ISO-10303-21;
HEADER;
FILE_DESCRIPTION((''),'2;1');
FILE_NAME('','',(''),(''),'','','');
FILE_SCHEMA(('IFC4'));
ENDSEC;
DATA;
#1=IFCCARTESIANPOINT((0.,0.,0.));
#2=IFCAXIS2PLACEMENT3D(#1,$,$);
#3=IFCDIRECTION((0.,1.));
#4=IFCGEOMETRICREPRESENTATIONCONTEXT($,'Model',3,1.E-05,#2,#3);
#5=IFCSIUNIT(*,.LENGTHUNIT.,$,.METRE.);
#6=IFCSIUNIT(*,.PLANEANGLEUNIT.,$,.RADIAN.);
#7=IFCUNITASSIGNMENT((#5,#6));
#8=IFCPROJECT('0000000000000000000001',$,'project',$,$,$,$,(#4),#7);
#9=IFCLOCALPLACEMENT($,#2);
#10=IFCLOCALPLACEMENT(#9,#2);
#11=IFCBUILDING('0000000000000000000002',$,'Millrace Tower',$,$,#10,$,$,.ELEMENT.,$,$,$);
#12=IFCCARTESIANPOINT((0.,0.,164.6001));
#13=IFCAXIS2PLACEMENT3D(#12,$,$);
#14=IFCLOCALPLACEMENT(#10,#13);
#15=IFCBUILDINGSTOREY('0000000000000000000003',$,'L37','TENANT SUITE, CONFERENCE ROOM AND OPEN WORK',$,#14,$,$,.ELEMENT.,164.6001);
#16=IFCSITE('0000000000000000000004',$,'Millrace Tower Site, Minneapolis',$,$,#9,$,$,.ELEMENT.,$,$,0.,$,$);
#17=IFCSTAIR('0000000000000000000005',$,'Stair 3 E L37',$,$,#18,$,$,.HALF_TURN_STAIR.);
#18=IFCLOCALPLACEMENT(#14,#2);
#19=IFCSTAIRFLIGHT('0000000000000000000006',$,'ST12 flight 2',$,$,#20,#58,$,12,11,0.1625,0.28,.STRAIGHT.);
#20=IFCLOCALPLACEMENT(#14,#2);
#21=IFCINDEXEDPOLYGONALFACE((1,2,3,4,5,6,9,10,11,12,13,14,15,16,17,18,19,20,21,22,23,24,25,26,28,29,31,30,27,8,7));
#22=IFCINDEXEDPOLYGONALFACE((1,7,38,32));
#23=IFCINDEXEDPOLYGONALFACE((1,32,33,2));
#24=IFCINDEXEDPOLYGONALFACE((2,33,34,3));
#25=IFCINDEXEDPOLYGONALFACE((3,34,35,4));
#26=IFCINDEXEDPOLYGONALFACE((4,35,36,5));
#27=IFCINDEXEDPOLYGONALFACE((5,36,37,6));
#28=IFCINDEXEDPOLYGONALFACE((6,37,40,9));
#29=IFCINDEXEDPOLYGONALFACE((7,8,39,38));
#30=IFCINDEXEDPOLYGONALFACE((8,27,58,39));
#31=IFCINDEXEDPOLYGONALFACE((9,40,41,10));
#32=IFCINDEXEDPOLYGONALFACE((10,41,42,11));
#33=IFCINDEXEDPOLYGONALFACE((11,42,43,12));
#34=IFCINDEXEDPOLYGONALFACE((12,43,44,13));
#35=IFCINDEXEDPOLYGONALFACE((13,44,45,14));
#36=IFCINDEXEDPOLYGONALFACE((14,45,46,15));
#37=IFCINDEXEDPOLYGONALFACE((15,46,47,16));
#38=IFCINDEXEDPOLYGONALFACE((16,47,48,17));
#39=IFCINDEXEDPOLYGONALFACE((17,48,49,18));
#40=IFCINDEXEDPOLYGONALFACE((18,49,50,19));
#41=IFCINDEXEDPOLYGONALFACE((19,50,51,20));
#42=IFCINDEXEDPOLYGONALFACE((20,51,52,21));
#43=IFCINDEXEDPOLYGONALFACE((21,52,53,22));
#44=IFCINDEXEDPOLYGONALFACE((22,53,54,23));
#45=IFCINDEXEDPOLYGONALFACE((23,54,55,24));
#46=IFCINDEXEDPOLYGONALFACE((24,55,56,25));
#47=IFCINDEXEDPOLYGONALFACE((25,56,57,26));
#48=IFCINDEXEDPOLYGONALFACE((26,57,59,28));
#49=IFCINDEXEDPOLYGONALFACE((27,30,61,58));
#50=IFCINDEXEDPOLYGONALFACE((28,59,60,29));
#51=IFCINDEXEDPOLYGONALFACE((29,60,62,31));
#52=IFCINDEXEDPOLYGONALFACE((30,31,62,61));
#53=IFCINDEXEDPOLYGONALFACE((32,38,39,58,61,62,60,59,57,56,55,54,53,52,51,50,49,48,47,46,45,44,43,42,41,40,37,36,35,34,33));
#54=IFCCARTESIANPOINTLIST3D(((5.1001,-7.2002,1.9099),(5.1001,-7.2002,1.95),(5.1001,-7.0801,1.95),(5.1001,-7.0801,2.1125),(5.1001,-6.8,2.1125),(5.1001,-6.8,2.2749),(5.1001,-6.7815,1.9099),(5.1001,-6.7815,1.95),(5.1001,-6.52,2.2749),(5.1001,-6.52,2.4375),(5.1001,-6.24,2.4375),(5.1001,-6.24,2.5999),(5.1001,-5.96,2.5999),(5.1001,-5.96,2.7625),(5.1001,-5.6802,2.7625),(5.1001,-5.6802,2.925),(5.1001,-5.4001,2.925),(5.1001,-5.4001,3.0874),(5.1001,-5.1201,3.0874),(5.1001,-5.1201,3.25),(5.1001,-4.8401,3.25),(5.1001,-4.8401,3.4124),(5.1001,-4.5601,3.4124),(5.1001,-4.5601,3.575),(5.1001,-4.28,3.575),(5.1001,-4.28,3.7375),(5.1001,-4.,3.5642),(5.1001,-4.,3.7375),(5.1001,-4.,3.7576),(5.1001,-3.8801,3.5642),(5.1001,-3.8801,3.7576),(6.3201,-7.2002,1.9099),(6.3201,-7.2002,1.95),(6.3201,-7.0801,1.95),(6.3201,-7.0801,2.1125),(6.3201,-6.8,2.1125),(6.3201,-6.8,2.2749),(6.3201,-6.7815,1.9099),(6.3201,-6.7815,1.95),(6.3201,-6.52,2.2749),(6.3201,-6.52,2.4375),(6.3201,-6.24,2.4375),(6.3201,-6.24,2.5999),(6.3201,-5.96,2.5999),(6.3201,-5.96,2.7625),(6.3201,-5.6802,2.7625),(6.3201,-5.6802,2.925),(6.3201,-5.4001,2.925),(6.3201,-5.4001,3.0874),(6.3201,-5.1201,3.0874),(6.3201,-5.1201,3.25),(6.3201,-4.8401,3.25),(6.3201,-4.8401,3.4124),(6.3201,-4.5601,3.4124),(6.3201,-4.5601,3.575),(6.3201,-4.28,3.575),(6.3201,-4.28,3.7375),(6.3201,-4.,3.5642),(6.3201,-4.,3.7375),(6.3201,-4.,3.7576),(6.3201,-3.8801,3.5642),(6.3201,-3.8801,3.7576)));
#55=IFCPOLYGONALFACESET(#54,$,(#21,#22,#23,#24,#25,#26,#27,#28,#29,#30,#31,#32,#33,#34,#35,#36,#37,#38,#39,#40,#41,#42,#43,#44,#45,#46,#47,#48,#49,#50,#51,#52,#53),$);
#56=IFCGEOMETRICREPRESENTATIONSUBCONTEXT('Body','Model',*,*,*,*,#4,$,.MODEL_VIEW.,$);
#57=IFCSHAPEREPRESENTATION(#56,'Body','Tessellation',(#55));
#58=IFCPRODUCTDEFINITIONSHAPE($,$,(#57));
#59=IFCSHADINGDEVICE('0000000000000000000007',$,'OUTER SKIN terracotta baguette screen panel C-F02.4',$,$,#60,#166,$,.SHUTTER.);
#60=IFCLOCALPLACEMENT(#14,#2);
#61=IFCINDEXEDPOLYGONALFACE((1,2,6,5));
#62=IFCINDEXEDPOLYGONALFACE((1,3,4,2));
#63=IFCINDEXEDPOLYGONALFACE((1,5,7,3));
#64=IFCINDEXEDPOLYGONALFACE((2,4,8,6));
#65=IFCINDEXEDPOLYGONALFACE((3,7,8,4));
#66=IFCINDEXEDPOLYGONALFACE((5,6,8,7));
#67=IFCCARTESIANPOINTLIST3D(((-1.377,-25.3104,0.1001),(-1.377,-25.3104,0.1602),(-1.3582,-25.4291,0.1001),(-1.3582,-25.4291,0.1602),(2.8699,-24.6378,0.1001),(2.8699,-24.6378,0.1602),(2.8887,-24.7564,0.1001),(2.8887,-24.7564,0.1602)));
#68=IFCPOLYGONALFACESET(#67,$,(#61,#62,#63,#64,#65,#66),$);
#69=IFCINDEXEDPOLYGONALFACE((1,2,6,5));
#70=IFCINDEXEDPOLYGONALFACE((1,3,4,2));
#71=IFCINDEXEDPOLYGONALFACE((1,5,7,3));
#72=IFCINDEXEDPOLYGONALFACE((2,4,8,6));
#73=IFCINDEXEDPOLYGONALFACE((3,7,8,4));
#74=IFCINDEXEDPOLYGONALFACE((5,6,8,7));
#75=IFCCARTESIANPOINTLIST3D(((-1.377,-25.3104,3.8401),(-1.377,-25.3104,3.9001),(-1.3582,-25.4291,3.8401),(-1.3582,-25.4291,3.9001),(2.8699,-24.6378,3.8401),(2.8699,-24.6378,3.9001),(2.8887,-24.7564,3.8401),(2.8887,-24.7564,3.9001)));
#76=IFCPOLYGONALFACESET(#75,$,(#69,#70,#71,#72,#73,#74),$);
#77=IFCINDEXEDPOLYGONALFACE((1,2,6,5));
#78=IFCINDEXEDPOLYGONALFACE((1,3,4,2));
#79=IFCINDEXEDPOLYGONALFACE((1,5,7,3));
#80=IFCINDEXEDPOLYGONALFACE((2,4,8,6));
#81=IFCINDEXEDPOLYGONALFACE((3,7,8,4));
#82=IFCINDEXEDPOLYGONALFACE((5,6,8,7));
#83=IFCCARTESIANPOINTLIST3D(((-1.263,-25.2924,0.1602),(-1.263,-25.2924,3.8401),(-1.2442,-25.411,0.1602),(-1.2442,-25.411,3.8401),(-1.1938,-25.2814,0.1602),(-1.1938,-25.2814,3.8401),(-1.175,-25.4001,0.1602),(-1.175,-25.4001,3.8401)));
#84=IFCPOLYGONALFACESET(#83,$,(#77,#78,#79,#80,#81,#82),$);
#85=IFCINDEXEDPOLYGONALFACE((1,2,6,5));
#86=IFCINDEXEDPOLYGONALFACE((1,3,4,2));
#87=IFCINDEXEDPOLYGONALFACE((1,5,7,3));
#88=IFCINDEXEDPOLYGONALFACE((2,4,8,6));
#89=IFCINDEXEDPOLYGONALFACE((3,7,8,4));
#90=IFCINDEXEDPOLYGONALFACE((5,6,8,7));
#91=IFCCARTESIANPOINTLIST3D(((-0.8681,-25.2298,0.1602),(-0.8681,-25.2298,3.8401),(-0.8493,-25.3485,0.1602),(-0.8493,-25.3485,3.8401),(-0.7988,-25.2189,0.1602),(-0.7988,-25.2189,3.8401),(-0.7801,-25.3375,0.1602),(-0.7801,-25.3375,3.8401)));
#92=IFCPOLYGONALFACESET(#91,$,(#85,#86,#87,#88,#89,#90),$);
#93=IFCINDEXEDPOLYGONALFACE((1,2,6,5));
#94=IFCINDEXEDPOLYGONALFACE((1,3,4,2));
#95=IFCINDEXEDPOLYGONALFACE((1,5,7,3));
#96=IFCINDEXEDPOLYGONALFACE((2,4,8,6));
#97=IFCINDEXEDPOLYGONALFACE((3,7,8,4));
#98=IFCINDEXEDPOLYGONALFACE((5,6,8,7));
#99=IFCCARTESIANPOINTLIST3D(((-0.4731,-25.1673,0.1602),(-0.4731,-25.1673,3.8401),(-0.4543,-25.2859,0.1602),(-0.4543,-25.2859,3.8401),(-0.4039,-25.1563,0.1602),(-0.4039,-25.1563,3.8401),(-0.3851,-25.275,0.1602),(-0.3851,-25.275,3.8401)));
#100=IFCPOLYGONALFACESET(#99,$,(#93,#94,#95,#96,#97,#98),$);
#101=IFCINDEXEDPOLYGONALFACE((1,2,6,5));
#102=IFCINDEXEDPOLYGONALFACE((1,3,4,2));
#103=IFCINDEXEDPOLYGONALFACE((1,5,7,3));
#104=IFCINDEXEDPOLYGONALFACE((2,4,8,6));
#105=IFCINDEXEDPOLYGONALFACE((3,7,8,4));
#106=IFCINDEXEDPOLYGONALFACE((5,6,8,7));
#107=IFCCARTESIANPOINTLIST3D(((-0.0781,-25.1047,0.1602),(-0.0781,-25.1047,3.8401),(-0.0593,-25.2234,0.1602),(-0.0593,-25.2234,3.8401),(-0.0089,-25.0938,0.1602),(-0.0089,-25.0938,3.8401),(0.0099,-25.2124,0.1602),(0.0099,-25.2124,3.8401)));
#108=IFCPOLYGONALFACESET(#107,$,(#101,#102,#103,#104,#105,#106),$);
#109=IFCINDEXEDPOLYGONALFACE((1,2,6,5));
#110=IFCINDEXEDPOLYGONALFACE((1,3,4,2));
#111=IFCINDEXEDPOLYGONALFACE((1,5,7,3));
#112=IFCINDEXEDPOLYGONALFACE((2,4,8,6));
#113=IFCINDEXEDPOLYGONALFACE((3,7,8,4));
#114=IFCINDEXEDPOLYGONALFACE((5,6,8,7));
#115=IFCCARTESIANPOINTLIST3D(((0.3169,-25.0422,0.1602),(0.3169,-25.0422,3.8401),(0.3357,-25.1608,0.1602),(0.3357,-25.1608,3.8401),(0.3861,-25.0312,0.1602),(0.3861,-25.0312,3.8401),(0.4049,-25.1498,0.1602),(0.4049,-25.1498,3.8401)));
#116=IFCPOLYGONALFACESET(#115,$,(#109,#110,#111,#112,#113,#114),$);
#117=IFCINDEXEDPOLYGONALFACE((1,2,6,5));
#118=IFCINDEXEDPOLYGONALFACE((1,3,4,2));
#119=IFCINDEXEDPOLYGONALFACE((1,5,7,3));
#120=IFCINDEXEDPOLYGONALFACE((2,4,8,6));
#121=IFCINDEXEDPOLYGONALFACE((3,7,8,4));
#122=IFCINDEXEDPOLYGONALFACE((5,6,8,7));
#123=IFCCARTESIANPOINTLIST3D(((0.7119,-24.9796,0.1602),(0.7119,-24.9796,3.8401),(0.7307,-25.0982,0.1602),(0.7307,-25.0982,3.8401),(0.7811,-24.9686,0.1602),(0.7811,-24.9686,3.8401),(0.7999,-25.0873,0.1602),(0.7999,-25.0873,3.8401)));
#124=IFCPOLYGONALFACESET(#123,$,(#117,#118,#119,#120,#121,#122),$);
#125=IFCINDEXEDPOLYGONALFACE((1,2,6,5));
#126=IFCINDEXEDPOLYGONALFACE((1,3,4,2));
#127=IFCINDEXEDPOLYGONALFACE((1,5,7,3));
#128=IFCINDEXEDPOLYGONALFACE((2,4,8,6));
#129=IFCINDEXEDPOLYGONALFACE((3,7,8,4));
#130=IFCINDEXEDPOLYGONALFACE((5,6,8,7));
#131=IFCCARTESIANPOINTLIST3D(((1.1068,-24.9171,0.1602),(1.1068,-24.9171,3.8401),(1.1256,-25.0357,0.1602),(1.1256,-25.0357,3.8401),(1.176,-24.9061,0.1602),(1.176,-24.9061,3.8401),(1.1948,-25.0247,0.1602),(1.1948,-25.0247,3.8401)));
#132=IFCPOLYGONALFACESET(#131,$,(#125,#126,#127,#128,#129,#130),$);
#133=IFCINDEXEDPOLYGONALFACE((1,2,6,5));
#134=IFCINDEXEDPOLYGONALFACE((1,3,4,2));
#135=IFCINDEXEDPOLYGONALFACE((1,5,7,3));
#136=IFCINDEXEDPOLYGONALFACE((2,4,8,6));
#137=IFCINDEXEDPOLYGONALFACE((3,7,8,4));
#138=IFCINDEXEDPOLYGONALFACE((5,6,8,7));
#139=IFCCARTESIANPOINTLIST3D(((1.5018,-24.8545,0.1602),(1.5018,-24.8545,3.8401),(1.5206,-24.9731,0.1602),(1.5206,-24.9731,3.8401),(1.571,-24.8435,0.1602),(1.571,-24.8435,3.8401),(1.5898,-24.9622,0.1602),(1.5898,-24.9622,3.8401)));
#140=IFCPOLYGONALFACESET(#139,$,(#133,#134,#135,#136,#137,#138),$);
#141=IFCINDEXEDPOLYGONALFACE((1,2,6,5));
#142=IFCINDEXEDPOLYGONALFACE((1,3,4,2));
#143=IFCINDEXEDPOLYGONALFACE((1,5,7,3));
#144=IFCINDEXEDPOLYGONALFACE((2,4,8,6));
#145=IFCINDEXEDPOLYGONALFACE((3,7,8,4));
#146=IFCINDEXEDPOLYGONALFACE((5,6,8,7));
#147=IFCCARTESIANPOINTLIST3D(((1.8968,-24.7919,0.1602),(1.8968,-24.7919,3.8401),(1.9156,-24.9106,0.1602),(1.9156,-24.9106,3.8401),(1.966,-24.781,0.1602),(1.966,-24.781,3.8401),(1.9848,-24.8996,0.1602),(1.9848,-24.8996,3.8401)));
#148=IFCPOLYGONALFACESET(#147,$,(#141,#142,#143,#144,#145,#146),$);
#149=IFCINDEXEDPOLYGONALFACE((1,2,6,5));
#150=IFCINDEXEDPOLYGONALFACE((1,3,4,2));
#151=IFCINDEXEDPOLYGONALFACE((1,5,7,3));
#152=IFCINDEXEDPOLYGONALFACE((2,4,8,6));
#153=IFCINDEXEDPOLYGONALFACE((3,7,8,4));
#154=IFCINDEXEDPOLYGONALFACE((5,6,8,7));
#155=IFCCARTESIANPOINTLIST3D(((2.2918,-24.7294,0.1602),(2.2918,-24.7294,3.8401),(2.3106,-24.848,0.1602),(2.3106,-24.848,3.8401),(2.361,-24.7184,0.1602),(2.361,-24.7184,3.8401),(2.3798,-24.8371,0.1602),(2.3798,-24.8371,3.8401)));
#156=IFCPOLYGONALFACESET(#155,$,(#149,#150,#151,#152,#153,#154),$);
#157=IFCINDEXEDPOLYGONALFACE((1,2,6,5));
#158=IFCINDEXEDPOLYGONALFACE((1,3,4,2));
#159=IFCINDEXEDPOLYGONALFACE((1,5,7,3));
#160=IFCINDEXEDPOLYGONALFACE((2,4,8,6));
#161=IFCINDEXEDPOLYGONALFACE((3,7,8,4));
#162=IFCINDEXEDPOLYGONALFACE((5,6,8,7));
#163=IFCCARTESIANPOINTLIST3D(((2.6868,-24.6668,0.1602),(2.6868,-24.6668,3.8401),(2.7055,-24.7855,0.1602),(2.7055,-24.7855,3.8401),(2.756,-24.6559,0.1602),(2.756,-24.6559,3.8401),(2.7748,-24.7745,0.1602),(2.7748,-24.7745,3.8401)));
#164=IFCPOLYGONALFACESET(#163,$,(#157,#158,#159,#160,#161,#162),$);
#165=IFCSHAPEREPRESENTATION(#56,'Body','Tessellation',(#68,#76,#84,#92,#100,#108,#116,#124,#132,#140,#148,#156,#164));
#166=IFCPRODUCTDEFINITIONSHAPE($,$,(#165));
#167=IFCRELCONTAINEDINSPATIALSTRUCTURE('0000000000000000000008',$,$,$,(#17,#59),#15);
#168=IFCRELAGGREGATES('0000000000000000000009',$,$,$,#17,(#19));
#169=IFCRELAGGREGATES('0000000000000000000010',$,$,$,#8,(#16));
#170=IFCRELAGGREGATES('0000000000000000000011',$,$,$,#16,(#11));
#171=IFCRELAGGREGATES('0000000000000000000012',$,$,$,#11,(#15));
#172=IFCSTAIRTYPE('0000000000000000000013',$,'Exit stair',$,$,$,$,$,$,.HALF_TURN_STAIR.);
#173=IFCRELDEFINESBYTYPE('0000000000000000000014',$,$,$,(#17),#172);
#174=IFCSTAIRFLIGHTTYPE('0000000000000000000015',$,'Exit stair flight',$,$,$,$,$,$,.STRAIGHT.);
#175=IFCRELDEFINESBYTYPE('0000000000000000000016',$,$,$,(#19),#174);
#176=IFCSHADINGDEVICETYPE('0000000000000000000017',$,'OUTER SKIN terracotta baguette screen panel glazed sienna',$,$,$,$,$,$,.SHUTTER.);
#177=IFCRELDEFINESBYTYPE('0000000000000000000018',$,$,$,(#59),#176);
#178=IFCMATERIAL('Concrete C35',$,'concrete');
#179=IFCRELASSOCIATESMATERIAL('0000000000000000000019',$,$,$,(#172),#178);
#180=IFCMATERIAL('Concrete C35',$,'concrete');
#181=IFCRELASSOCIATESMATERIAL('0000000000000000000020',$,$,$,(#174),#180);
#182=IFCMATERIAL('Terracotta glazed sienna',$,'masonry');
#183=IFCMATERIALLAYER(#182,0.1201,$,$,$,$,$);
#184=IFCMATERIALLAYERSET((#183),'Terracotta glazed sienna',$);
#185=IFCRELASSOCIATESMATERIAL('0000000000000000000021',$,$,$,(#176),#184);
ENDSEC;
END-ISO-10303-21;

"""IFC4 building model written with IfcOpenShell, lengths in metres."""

from ifc_helpers import new_model, entity, si_unit, direction, frame, frame_2d, origin, origin_2d, place, context, subcontext, project, spatial, polyline, rectangle, outline, extrude, source, transform, mapped, material, layer, layer_set, type_object, element, aggregate, save


model = new_model("IFC4")

# Units and contexts
model_context = context("Model", 3, precision=1e-05, world=origin(), true_north=direction((0.0, 1.0)))
body_context = subcontext(model_context, "Body", "Model", "MODEL_VIEW")
ifc_project = project(units=[si_unit("LENGTHUNIT", "METRE"), si_unit("PLANEANGLEUNIT", "RADIAN")], contexts=[model_context])

# Site, building, storey
site_placement = place(None, origin())
site = spatial("IfcSite", under=ifc_project, at=site_placement, Name="Millrace Tower Site, Minneapolis", CompositionType="ELEMENT", RefElevation=0.0)
building_placement = place(site_placement, origin())
building = spatial("IfcBuilding", under=site, at=building_placement, Name="Millrace Tower", CompositionType="ELEMENT")
storey_placement = place(building_placement, frame((0.0, 0.0, 164.6001)))
storey = spatial("IfcBuildingStorey", under=building, at=storey_placement, Name="L37", Description="TENANT SUITE, CONFERENCE ROOM AND OPEN WORK", CompositionType="ELEMENT", Elevation=164.6001)

# Shared definitions
placement = place(storey_placement, origin())

# Stair, stair flight
ifc_material_1 = material(Name="Concrete C35", Category="concrete")
stair_type = type_object("IfcStairType", Name="Exit stair", PredefinedType="HALF_TURN_STAIR", material=ifc_material_1)
ifc_material_2 = material(Name="Concrete C35", Category="concrete")
stair_flight_type = type_object("IfcStairFlightType", Name="Exit stair flight", PredefinedType="STRAIGHT", material=ifc_material_2)
stair_1 = element("IfcStair", 1, at=placement, inside=storey, type_object=stair_type, Name="Stair 3 E L37", PredefinedType="HALF_TURN_STAIR")
stair_flight_1_placement = place(storey_placement, frame((5.71, -7.0801, 1.95), z_axis=(0.0, 0.0, 1.0), x_axis=(0.0, 1.0, 0.0)))
stair_flight_1 = element("IfcStairFlight", 2, at=stair_flight_1_placement, type_object=stair_flight_type, Name="ST12 flight 2", NumberOfRisers=12, NumberOfTreads=11, PredefinedType="STRAIGHT", RiserHeight=0.1625, TreadLength=0.28, context=body_context, shape_type="SweptSolid", body=[
    extrude(outline(polyline([(-0.1201, -0.04), (-0.1201, 0.0), (0.0, 0.0), (0.0, 0.1626), (0.28, 0.1626), (0.28, 0.325), (0.5601, 0.325), (0.5601, 0.4875), (0.8401, 0.4875), (0.8401, 0.6499), (1.1201, 0.6499), (1.1201, 0.8125), (1.3999, 0.8125), (1.3999, 0.9751), (1.6799, 0.9751), (1.6799, 1.1375), (1.96, 1.1375), (1.96, 1.3), (2.24, 1.3), (2.24, 1.4624), (2.52, 1.4624), (2.52, 1.625), (2.8, 1.625), (2.8, 1.7876), (3.0801, 1.7876), (3.0801, 1.8076), (3.2, 1.8076), (3.2, 1.6143), (3.0801, 1.6143), (0.2986, 0.0), (0.2986, -0.04), (-0.1201, -0.04)])), frame((0.0, 0.6099, 0.0), z_axis=(0.0, -1.0, 0.0), x_axis=(1.0, 0.0, 0.0)), (0.0, 0.0, 1.0), 1.22),
])
aggregate(stair_1, [stair_flight_1])

# Shading device
ifc_material_3 = material(Name="Terracotta glazed sienna", Category="masonry")
ifc_layer_1 = layer(ifc_material_3, 0.1201)
ifc_layer_set_1 = layer_set([ifc_layer_1], Name="Terracotta glazed sienna")
shading_device_type = type_object("IfcShadingDeviceType", Name="OUTER SKIN terracotta baguette screen panel glazed sienna", PredefinedType="SHUTTER", material=ifc_layer_set_1)
cartesian_point = entity("IfcCartesianPoint", [-2.1499, 0.0601])
shared_polyline = entity("IfcPolyline", [cartesian_point, entity("IfcCartesianPoint", [2.1499, 0.0601]), entity("IfcCartesianPoint", [2.1499, -0.0601]), entity("IfcCartesianPoint", [-2.1499, -0.0601]), cartesian_point])
shared_shape = source(origin(), body_context, "Body", "SweptSolid", [
    entity("IfcExtrudedAreaSolid", entity("IfcArbitraryClosedProfileDef", "AREA", None, shared_polyline), entity("IfcAxis2Placement3D", entity("IfcCartesianPoint", [0.0, 0.0, 0.0])), entity("IfcDirection", [0.0, 0.0, 1.0]), 0.0601),
    entity("IfcExtrudedAreaSolid", entity("IfcArbitraryClosedProfileDef", "AREA", None, shared_polyline), entity("IfcAxis2Placement3D", entity("IfcCartesianPoint", [0.0, 0.0, 3.74])), entity("IfcDirection", [0.0, 0.0, 1.0]), 0.0601),
    extrude(rectangle(XDim=0.0701, YDim=0.1201, at=frame_2d((-1.9995, 0.0))), frame((0.0, 0.0, 0.0601)), (0.0, 0.0, 1.0), 3.6799),
    extrude(rectangle(XDim=0.0701, YDim=0.1201, at=frame_2d((-1.5996, 0.0))), frame((0.0, 0.0, 0.0601)), (0.0, 0.0, 1.0), 3.6799),
    extrude(rectangle(XDim=0.0701, YDim=0.1201, at=frame_2d((-1.1997, 0.0))), frame((0.0, 0.0, 0.0601)), (0.0, 0.0, 1.0), 3.6799),
    extrude(rectangle(XDim=0.0701, YDim=0.1201, at=frame_2d((-0.7998, 0.0))), frame((0.0, 0.0, 0.0601)), (0.0, 0.0, 1.0), 3.6799),
    extrude(rectangle(XDim=0.0701, YDim=0.1201, at=frame_2d((-0.3999, 0.0))), frame((0.0, 0.0, 0.0601)), (0.0, 0.0, 1.0), 3.6799),
    extrude(rectangle(XDim=0.0701, YDim=0.1201, at=origin_2d()), frame((0.0, 0.0, 0.0601)), (0.0, 0.0, 1.0), 3.6799),
    extrude(rectangle(XDim=0.0701, YDim=0.1201, at=frame_2d((0.3999, 0.0))), frame((0.0, 0.0, 0.0601)), (0.0, 0.0, 1.0), 3.6799),
    extrude(rectangle(XDim=0.0701, YDim=0.1201, at=frame_2d((0.7998, 0.0))), frame((0.0, 0.0, 0.0601)), (0.0, 0.0, 1.0), 3.6799),
    extrude(rectangle(XDim=0.0701, YDim=0.1201, at=frame_2d((1.1997, 0.0))), frame((0.0, 0.0, 0.0601)), (0.0, 0.0, 1.0), 3.6799),
    extrude(rectangle(XDim=0.0701, YDim=0.1201, at=frame_2d((1.5996, 0.0))), frame((0.0, 0.0, 0.0601)), (0.0, 0.0, 1.0), 3.6799),
    extrude(rectangle(XDim=0.0701, YDim=0.1201, at=frame_2d((1.9995, 0.0))), frame((0.0, 0.0, 0.0601)), (0.0, 0.0, 1.0), 3.6799),
])
for number, where, z_axis, x_axis, name in (
    (3, (0.7559, -25.0334, 0.1001), (0.0, 0.0, 1.0), (0.987688, 0.156434, 0.0), "OUTER SKIN terracotta baguette screen panel C-F02.4"),
):
    element("IfcShadingDevice", number, at=place(storey_placement, frame(where, z_axis=z_axis, x_axis=x_axis)), inside=storey, type_object=shading_device_type, Name=name, PredefinedType="SHUTTER", context=body_context, shape_type="MappedRepresentation", body=[
        mapped(shared_shape, transform((0.0, 0.0, 0.0), scale=1.0)),
    ])

save(model, "model.ifc")
